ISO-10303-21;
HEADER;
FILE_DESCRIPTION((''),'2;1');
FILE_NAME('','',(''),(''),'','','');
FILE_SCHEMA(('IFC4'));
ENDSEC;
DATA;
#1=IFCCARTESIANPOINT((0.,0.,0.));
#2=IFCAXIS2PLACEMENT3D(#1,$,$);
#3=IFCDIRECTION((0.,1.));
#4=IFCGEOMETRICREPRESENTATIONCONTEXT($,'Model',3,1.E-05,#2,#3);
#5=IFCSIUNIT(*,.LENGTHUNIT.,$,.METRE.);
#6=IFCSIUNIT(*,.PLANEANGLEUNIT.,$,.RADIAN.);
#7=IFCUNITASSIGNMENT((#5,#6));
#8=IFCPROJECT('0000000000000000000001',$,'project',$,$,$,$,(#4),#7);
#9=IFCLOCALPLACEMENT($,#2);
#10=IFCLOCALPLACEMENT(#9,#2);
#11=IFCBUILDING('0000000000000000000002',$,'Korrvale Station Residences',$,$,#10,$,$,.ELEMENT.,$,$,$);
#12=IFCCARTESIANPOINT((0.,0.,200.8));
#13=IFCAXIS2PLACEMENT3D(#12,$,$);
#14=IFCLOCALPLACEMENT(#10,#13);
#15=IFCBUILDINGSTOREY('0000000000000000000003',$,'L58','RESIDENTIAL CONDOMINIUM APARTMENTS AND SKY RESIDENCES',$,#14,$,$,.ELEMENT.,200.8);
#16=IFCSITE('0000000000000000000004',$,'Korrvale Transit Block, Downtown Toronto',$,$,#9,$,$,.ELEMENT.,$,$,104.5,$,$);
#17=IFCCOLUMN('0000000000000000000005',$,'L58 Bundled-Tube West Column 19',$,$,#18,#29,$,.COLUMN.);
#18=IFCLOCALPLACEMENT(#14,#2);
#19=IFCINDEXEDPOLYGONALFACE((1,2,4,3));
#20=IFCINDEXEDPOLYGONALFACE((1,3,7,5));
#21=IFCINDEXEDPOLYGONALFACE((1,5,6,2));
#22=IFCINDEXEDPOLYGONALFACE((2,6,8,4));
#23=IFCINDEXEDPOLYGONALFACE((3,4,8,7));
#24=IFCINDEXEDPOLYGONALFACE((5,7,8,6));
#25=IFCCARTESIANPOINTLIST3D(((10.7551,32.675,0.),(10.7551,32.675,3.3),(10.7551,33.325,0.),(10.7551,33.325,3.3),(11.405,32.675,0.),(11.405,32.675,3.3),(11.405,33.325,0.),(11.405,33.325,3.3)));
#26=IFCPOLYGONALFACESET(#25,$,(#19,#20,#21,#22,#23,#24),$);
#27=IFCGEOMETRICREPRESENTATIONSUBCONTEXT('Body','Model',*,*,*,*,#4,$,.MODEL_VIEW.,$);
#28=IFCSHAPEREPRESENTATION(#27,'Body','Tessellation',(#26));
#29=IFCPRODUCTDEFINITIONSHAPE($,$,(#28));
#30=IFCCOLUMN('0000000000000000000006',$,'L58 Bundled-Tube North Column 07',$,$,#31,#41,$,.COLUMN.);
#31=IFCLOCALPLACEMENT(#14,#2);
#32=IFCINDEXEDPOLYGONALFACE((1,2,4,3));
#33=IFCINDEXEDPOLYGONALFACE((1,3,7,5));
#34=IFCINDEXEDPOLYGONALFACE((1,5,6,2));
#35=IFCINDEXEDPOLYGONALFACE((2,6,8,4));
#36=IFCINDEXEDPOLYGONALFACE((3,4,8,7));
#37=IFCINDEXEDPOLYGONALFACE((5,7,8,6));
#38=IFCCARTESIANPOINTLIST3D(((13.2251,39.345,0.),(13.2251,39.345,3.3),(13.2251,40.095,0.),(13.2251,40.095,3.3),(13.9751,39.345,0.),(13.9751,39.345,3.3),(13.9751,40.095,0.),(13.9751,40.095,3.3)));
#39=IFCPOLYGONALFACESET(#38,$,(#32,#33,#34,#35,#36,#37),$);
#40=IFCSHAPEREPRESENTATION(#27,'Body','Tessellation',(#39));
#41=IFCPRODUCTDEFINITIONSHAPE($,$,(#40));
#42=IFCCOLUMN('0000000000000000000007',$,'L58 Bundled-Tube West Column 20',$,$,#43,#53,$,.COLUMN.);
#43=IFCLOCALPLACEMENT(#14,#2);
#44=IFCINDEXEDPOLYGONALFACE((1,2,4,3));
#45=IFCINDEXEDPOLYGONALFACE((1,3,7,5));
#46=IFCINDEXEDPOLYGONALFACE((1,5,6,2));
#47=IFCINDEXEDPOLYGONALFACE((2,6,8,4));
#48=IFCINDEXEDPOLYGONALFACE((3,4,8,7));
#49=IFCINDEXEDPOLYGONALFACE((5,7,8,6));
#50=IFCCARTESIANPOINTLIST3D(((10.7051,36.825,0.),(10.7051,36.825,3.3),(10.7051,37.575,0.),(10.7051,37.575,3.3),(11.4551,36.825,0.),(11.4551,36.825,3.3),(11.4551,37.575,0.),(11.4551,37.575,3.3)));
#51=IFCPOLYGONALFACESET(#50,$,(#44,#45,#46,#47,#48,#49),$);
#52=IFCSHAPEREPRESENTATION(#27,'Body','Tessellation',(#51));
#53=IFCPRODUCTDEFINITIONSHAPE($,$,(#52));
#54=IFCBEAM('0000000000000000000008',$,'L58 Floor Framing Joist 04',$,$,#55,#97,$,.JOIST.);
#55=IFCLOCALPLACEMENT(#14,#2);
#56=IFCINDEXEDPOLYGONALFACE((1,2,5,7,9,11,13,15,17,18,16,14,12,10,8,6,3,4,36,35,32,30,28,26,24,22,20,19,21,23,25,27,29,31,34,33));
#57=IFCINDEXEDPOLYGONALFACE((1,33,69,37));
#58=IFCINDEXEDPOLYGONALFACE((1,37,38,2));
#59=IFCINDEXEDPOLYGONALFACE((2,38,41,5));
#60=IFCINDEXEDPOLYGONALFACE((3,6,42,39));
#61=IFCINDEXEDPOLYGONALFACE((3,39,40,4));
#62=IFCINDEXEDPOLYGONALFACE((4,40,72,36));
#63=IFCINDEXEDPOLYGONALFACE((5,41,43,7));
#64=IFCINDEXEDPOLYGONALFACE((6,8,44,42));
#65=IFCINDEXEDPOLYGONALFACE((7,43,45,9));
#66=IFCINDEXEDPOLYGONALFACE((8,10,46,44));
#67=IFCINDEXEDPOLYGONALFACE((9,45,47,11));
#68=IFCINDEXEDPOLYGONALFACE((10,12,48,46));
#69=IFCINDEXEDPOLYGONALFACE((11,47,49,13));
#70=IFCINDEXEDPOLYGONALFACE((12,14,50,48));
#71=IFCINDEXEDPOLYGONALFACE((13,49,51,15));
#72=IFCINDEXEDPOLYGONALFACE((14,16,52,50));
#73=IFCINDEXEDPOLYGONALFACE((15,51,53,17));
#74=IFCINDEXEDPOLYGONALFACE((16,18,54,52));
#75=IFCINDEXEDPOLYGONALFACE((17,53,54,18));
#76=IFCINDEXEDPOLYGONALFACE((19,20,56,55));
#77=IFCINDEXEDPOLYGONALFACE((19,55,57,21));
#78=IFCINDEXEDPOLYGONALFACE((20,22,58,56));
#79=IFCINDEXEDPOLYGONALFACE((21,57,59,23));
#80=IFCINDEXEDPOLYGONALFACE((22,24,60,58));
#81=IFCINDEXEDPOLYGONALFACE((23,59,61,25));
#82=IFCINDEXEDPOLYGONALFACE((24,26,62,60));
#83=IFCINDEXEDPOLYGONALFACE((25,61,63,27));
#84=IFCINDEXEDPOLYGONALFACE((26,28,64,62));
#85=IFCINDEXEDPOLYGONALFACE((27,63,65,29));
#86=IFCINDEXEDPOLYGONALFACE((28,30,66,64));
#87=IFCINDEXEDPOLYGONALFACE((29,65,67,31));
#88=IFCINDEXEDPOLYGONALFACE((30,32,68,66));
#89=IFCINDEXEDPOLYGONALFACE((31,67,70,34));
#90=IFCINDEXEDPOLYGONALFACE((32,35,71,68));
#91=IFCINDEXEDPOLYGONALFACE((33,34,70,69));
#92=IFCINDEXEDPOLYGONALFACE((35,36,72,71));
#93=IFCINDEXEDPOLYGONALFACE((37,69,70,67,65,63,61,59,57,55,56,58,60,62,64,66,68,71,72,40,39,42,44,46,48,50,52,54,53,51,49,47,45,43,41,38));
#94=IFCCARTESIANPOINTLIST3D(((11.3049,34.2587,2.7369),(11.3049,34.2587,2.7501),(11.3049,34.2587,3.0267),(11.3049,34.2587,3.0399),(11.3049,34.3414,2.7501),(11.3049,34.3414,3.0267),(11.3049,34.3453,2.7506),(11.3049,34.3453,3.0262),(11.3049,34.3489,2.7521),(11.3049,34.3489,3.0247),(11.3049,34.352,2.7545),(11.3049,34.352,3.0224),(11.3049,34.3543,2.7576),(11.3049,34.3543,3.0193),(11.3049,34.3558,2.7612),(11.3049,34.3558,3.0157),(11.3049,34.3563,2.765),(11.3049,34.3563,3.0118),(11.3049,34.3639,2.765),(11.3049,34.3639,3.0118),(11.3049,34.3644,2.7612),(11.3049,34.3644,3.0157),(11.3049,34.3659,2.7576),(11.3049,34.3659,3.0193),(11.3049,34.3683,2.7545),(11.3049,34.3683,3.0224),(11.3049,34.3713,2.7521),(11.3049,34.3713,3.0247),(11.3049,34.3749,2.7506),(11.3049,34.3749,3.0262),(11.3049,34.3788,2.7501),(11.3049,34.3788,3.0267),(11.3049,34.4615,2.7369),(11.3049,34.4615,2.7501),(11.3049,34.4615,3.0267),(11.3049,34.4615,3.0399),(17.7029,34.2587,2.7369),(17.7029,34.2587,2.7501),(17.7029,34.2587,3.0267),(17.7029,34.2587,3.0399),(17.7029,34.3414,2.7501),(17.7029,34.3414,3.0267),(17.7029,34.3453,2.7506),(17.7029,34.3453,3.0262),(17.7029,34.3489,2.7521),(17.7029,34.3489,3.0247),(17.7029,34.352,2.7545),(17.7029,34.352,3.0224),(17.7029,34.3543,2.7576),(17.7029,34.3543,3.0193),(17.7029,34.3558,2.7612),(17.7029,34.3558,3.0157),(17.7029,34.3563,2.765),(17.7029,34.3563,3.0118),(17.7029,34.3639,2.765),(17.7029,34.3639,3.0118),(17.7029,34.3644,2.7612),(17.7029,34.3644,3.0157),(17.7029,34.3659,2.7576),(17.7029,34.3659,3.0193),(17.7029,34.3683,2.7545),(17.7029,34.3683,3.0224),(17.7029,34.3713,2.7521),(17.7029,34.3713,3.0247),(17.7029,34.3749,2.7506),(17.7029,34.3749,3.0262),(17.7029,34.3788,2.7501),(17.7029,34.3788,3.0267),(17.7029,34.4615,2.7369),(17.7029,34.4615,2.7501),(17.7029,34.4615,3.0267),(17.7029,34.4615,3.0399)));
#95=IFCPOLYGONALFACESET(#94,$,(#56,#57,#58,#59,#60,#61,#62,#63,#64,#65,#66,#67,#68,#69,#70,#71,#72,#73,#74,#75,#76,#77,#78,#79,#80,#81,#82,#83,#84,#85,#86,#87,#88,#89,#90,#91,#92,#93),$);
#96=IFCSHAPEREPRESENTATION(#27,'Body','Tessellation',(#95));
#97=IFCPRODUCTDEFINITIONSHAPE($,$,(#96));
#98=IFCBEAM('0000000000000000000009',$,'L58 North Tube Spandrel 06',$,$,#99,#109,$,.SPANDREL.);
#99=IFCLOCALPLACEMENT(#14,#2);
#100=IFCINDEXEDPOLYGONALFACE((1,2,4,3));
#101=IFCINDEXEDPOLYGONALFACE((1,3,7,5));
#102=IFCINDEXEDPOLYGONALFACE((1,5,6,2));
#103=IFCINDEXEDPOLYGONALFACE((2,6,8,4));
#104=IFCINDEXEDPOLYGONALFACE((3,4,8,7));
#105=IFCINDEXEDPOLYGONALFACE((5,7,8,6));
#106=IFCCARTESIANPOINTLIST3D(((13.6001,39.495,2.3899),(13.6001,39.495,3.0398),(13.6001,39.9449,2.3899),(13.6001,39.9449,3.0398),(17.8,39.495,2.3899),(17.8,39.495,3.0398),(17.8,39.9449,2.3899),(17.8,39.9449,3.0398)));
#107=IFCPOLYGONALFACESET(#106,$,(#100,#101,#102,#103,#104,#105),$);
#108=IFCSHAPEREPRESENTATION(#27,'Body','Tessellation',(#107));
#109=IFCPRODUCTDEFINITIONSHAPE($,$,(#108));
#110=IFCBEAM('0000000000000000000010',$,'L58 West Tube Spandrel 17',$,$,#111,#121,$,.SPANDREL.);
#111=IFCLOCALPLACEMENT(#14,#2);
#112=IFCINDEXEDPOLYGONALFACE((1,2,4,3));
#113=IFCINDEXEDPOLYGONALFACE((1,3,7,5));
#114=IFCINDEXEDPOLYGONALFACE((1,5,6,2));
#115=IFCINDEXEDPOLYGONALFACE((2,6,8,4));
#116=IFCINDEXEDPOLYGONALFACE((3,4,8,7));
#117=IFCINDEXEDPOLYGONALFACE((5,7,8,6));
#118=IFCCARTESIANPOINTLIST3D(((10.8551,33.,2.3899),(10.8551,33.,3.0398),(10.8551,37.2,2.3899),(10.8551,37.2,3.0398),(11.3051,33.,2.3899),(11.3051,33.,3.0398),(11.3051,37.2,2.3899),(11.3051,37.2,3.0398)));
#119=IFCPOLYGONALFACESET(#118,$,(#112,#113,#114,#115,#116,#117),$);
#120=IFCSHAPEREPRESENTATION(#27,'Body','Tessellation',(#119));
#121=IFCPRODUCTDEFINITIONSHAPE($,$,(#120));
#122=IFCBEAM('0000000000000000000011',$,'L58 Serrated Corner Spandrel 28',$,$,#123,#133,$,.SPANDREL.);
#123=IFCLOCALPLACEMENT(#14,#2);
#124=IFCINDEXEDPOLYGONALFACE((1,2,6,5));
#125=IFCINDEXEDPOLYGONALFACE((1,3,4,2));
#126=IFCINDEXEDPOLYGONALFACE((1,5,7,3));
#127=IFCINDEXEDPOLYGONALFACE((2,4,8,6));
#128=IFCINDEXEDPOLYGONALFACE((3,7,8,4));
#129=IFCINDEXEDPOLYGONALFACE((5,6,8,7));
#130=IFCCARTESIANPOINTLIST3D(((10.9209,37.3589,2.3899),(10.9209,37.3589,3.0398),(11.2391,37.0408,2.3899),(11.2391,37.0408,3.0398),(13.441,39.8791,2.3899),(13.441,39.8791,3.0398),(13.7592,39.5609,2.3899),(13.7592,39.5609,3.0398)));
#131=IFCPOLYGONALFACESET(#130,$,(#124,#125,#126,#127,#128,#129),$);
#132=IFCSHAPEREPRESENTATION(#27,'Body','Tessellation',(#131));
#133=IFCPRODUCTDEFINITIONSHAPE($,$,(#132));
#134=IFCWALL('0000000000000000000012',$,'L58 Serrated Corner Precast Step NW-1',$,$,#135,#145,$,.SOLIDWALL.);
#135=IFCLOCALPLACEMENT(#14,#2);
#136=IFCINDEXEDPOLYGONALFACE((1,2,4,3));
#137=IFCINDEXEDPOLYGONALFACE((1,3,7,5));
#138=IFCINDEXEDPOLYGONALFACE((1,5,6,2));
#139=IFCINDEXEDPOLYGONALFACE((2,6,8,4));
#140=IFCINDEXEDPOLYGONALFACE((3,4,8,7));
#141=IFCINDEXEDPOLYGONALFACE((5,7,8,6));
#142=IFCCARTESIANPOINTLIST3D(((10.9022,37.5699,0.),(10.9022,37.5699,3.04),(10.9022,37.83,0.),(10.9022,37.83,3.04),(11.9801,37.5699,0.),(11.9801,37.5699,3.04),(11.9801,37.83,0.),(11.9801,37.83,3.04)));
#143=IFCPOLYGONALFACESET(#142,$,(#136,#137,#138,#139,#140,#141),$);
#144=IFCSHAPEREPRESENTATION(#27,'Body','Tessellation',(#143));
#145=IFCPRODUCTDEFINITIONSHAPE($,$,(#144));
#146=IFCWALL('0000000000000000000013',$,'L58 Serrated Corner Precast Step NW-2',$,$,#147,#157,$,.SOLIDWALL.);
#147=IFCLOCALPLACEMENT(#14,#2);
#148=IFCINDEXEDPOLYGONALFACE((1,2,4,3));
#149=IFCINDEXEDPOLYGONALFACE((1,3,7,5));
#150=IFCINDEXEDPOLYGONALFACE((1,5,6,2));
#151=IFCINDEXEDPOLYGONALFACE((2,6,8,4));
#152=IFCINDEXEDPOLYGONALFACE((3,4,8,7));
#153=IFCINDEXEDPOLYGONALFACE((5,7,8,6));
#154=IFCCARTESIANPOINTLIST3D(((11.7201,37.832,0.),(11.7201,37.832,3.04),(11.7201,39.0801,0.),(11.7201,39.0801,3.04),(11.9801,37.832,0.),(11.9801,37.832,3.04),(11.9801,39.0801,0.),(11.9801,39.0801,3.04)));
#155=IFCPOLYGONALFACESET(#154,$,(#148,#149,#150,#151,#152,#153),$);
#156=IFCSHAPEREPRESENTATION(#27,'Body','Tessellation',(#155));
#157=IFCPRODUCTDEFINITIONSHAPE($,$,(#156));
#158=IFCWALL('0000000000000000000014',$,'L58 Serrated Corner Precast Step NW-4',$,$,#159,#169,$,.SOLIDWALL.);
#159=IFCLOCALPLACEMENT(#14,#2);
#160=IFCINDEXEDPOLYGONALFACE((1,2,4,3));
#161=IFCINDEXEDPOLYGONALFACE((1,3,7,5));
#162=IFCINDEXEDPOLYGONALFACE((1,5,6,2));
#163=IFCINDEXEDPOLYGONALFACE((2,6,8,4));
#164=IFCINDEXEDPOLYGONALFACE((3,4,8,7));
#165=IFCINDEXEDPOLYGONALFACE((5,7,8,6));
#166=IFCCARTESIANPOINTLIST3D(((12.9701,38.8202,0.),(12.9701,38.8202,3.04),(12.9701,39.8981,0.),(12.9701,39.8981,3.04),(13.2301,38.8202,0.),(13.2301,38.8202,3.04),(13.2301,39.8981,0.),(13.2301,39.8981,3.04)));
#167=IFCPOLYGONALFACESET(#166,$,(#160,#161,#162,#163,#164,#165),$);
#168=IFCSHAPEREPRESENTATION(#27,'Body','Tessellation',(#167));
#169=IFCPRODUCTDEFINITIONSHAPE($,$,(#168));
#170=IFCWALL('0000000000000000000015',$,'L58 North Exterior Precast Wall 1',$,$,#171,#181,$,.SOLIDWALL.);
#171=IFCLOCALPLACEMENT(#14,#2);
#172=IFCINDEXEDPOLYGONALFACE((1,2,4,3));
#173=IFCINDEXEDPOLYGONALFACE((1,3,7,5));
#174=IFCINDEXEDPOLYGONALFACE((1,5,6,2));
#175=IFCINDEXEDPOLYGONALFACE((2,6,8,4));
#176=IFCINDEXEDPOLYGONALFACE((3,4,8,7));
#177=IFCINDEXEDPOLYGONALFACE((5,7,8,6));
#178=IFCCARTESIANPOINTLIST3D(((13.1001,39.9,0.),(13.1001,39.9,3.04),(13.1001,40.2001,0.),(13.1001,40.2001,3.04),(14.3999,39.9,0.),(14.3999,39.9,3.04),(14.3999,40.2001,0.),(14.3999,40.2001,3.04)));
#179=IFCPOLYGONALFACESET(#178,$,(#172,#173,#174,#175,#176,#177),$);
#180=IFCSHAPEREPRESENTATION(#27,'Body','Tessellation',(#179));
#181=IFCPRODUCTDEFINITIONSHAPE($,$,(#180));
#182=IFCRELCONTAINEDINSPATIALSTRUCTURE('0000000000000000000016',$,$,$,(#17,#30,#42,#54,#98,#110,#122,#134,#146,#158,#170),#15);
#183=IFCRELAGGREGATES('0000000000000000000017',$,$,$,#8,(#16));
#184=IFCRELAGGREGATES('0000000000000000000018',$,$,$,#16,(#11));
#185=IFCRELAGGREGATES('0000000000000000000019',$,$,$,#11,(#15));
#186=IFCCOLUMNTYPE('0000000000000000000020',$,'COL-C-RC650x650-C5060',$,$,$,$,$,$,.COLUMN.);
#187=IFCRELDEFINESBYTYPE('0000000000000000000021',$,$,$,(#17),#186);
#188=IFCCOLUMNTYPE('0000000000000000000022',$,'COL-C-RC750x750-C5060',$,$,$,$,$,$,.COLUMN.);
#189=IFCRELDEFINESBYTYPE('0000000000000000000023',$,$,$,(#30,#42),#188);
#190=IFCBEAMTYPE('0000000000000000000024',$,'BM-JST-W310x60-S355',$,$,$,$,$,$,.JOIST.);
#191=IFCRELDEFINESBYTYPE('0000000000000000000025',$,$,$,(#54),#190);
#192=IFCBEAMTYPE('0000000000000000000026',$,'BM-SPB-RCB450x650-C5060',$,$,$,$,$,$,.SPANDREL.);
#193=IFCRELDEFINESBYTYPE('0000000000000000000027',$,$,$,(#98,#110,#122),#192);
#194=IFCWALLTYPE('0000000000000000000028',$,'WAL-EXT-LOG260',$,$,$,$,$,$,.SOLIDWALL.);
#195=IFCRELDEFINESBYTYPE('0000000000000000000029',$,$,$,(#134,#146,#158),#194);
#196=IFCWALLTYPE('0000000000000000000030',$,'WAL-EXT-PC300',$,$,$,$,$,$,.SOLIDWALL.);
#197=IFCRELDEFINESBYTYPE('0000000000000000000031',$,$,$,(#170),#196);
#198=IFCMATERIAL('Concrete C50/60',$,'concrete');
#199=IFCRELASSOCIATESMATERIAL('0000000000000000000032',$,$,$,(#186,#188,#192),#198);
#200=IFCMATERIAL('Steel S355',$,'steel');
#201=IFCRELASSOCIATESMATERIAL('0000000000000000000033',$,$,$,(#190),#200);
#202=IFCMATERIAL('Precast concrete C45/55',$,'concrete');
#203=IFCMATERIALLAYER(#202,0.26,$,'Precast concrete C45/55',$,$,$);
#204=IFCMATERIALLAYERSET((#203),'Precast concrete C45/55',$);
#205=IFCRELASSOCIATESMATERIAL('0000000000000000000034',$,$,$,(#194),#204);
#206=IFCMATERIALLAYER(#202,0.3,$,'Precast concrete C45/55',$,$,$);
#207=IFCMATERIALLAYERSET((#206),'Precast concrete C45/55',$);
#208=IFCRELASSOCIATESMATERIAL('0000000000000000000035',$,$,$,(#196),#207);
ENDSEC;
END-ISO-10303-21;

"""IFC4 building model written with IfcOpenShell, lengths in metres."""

from ifc_helpers import new_model, si_unit, direction, frame, frame_2d, origin, origin_2d, place, context, subcontext, project, spatial, rectangle, i_section, extrude, material, layer, layer_set, material_profile, profile_set, type_object, element, save


model = new_model("IFC4")

# Units and contexts
model_context = context("Model", 3, precision=1e-05, world=origin(), true_north=direction((0.0, 1.0)))
body_context = subcontext(model_context, "Body", "Model", "MODEL_VIEW")
ifc_project = project(units=[si_unit("LENGTHUNIT", "METRE"), si_unit("PLANEANGLEUNIT", "RADIAN")], contexts=[model_context])

# Site, building, storey
site_placement = place(None, origin())
site = spatial("IfcSite", under=ifc_project, at=site_placement, Name="Korrvale Transit Block, Downtown Toronto", CompositionType="ELEMENT", RefElevation=104.5)
building_placement = place(site_placement, origin())
building = spatial("IfcBuilding", under=site, at=building_placement, Name="Korrvale Station Residences", CompositionType="ELEMENT")
storey_placement = place(building_placement, frame((0.0, 0.0, 200.8)))
storey = spatial("IfcBuildingStorey", under=building, at=storey_placement, Name="L58", Description="RESIDENTIAL CONDOMINIUM APARTMENTS AND SKY RESIDENCES", CompositionType="ELEMENT", Elevation=200.8)

# Columns
ifc_material_1 = material(Name="Concrete C50/60", Category="concrete")
ifc_material_profile_1 = material_profile(ifc_material_1, rectangle(XDim=0.6499, YDim=0.6499, at=origin_2d()), Name="RC650x650")
ifc_profile_set_1 = profile_set([ifc_material_profile_1], Name="Concrete C50/60")
column_type_1 = type_object("IfcColumnType", Name="COL-C-RC650x650-C5060", PredefinedType="COLUMN", material=ifc_profile_set_1)
column_placement = place(storey_placement, frame((11.0801, 33.0, 0.0), z_axis=(0.0, 0.0, 1.0), x_axis=(1.0, 0.0, 0.0)))
element("IfcColumn", 1, at=column_placement, inside=storey, type_object=column_type_1, Name="L58 Bundled-Tube West Column 19", PredefinedType="COLUMN", context=body_context, shape_type="SweptSolid", body=[
    extrude(rectangle(XDim=0.6499, YDim=0.6499, at=origin_2d()), origin(), (0.0, 0.0, 1.0), 3.3),
])
ifc_material_profile_2 = material_profile(ifc_material_1, rectangle(XDim=0.75, YDim=0.75, at=origin_2d()), Name="RC750x750")
ifc_profile_set_2 = profile_set([ifc_material_profile_2], Name="Concrete C50/60")
column_type_2 = type_object("IfcColumnType", Name="COL-C-RC750x750-C5060", PredefinedType="COLUMN", material=ifc_profile_set_2)
for number, where, z_axis, x_axis, name in (
    (2, (13.6001, 39.72, 0.0), (0.0, 0.0, 1.0), (1.0, 0.0, 0.0), "L58 Bundled-Tube North Column 07"),
    (3, (11.0801, 37.2, 0.0), (0.0, 0.0, 1.0), (1.0, 0.0, 0.0), "L58 Bundled-Tube West Column 20"),
):
    element("IfcColumn", number, at=place(storey_placement, frame(where, z_axis=z_axis, x_axis=x_axis)), inside=storey, type_object=column_type_2, Name=name, PredefinedType="COLUMN", context=body_context, shape_type="SweptSolid", body=[
        extrude(rectangle(XDim=0.75, YDim=0.75, at=origin_2d()), origin(), (0.0, 0.0, 1.0), 3.3),
    ])

# Beams
ifc_material_2 = material(Name="Steel S355", Category="steel")
ifc_material_profile_3 = material_profile(ifc_material_2, i_section(OverallWidth=0.2029, OverallDepth=0.303, WebThickness=0.0076, FlangeThickness=0.0132, FilletRadius=0.0149, at=origin_2d()), Name="W310x60")
ifc_profile_set_3 = profile_set([ifc_material_profile_3], Name="Steel S355")
beam_type_1 = type_object("IfcBeamType", Name="BM-JST-W310x60-S355", PredefinedType="JOIST", material=ifc_profile_set_3)
beam_1_placement = place(storey_placement, frame((11.3049, 34.3601, 2.8884), z_axis=(1.0, 0.0, 0.0), x_axis=(0.0, 1.0, 0.0)))
element("IfcBeam", 4, at=beam_1_placement, inside=storey, type_object=beam_type_1, Name="L58 Floor Framing Joist 04", PredefinedType="JOIST", context=body_context, shape_type="SweptSolid", body=[
    extrude(i_section(OverallWidth=0.2029, OverallDepth=0.303, WebThickness=0.0076, FlangeThickness=0.0132, FilletRadius=0.0149, at=origin_2d()), origin(), (0.0, 0.0, 1.0), 6.3979),
])
ifc_material_profile_4 = material_profile(ifc_material_1, rectangle(XDim=0.45, YDim=0.6499, at=origin_2d()), Name="RCB450x650")
ifc_profile_set_4 = profile_set([ifc_material_profile_4], Name="Concrete C50/60")
beam_type_2 = type_object("IfcBeamType", Name="BM-SPB-RCB450x650-C5060", PredefinedType="SPANDREL", material=ifc_profile_set_4)
for number, where, z_axis, x_axis, name in (
    (5, (13.6001, 39.72, 2.7148), (1.0, 0.0, 0.0), (0.0, 1.0, 0.0), "L58 North Tube Spandrel 06"),
    (6, (11.0801, 33.0, 2.7148), (0.0, 1.0, 0.0), (-1.0, 0.0, 0.0), "L58 West Tube Spandrel 17"),
):
    element("IfcBeam", number, at=place(storey_placement, frame(where, z_axis=z_axis, x_axis=x_axis)), inside=storey, type_object=beam_type_2, Name=name, PredefinedType="SPANDREL", context=body_context, shape_type="SweptSolid", body=[
        extrude(rectangle(XDim=0.45, YDim=0.6499, at=origin_2d()), origin(), (0.0, 0.0, 1.0), 4.2),
    ])
beam_2_placement = place(storey_placement, frame((13.6001, 39.72, 2.7148), z_axis=(-0.707107, -0.707107, 0.0), x_axis=(0.707107, -0.707107, 0.0)))
element("IfcBeam", 7, at=beam_2_placement, inside=storey, type_object=beam_type_2, Name="L58 Serrated Corner Spandrel 28", PredefinedType="SPANDREL", context=body_context, shape_type="SweptSolid", body=[
    extrude(rectangle(XDim=0.45, YDim=0.6499, at=origin_2d()), origin(), (0.0, 0.0, 1.0), 3.564),
])

# Walls
ifc_material_3 = material(Name="Precast concrete C45/55", Category="concrete")
ifc_layer_1 = layer(ifc_material_3, 0.26, Name="Precast concrete C45/55")
ifc_layer_set_1 = layer_set([ifc_layer_1], Name="Precast concrete C45/55")
wall_type_1 = type_object("IfcWallType", Name="WAL-EXT-LOG260", PredefinedType="SOLIDWALL", material=ifc_layer_set_1)
wall_1_placement = place(storey_placement, frame((10.9021, 37.7, 0.0), z_axis=(0.0, 0.0, 1.0), x_axis=(1.0, 0.0, 0.0)))
element("IfcWall", 8, at=wall_1_placement, inside=storey, type_object=wall_type_1, Name="L58 Serrated Corner Precast Step NW-1", PredefinedType="SOLIDWALL", context=body_context, shape_type="SweptSolid", body=[
    extrude(rectangle(XDim=1.0779, YDim=0.26, at=frame_2d((0.5391, 0.0))), origin(), (0.0, 0.0, 1.0), 3.04),
])
wall_2_placement = place(storey_placement, frame((11.8501, 37.832, 0.0), z_axis=(0.0, 0.0, 1.0), x_axis=(0.0, 1.0, 0.0)))
element("IfcWall", 9, at=wall_2_placement, inside=storey, type_object=wall_type_1, Name="L58 Serrated Corner Precast Step NW-2", PredefinedType="SOLIDWALL", context=body_context, shape_type="SweptSolid", body=[
    extrude(rectangle(XDim=1.248, YDim=0.26, at=frame_2d((0.624, 0.0))), origin(), (0.0, 0.0, 1.0), 3.04),
])
wall_3_placement = place(storey_placement, frame((13.1001, 38.8201, 0.0), z_axis=(0.0, 0.0, 1.0), x_axis=(0.0, 1.0, 0.0)))
element("IfcWall", 10, at=wall_3_placement, inside=storey, type_object=wall_type_1, Name="L58 Serrated Corner Precast Step NW-4", PredefinedType="SOLIDWALL", context=body_context, shape_type="SweptSolid", body=[
    extrude(rectangle(XDim=1.0779, YDim=0.26, at=frame_2d((0.5391, 0.0))), origin(), (0.0, 0.0, 1.0), 3.04),
])
ifc_layer_2 = layer(ifc_material_3, 0.3, Name="Precast concrete C45/55")
ifc_layer_set_2 = layer_set([ifc_layer_2], Name="Precast concrete C45/55")
wall_type_2 = type_object("IfcWallType", Name="WAL-EXT-PC300", PredefinedType="SOLIDWALL", material=ifc_layer_set_2)
wall_4_placement = place(storey_placement, frame((13.1001, 40.05, 0.0), z_axis=(0.0, 0.0, 1.0), x_axis=(1.0, 0.0, 0.0)))
element("IfcWall", 11, at=wall_4_placement, inside=storey, type_object=wall_type_2, Name="L58 North Exterior Precast Wall 1", PredefinedType="SOLIDWALL", context=body_context, shape_type="SweptSolid", body=[
    extrude(rectangle(XDim=1.2998, YDim=0.3, at=frame_2d((0.6499, 0.0))), origin(), (0.0, 0.0, 1.0), 3.04),
])

save(model, "model.ifc")
